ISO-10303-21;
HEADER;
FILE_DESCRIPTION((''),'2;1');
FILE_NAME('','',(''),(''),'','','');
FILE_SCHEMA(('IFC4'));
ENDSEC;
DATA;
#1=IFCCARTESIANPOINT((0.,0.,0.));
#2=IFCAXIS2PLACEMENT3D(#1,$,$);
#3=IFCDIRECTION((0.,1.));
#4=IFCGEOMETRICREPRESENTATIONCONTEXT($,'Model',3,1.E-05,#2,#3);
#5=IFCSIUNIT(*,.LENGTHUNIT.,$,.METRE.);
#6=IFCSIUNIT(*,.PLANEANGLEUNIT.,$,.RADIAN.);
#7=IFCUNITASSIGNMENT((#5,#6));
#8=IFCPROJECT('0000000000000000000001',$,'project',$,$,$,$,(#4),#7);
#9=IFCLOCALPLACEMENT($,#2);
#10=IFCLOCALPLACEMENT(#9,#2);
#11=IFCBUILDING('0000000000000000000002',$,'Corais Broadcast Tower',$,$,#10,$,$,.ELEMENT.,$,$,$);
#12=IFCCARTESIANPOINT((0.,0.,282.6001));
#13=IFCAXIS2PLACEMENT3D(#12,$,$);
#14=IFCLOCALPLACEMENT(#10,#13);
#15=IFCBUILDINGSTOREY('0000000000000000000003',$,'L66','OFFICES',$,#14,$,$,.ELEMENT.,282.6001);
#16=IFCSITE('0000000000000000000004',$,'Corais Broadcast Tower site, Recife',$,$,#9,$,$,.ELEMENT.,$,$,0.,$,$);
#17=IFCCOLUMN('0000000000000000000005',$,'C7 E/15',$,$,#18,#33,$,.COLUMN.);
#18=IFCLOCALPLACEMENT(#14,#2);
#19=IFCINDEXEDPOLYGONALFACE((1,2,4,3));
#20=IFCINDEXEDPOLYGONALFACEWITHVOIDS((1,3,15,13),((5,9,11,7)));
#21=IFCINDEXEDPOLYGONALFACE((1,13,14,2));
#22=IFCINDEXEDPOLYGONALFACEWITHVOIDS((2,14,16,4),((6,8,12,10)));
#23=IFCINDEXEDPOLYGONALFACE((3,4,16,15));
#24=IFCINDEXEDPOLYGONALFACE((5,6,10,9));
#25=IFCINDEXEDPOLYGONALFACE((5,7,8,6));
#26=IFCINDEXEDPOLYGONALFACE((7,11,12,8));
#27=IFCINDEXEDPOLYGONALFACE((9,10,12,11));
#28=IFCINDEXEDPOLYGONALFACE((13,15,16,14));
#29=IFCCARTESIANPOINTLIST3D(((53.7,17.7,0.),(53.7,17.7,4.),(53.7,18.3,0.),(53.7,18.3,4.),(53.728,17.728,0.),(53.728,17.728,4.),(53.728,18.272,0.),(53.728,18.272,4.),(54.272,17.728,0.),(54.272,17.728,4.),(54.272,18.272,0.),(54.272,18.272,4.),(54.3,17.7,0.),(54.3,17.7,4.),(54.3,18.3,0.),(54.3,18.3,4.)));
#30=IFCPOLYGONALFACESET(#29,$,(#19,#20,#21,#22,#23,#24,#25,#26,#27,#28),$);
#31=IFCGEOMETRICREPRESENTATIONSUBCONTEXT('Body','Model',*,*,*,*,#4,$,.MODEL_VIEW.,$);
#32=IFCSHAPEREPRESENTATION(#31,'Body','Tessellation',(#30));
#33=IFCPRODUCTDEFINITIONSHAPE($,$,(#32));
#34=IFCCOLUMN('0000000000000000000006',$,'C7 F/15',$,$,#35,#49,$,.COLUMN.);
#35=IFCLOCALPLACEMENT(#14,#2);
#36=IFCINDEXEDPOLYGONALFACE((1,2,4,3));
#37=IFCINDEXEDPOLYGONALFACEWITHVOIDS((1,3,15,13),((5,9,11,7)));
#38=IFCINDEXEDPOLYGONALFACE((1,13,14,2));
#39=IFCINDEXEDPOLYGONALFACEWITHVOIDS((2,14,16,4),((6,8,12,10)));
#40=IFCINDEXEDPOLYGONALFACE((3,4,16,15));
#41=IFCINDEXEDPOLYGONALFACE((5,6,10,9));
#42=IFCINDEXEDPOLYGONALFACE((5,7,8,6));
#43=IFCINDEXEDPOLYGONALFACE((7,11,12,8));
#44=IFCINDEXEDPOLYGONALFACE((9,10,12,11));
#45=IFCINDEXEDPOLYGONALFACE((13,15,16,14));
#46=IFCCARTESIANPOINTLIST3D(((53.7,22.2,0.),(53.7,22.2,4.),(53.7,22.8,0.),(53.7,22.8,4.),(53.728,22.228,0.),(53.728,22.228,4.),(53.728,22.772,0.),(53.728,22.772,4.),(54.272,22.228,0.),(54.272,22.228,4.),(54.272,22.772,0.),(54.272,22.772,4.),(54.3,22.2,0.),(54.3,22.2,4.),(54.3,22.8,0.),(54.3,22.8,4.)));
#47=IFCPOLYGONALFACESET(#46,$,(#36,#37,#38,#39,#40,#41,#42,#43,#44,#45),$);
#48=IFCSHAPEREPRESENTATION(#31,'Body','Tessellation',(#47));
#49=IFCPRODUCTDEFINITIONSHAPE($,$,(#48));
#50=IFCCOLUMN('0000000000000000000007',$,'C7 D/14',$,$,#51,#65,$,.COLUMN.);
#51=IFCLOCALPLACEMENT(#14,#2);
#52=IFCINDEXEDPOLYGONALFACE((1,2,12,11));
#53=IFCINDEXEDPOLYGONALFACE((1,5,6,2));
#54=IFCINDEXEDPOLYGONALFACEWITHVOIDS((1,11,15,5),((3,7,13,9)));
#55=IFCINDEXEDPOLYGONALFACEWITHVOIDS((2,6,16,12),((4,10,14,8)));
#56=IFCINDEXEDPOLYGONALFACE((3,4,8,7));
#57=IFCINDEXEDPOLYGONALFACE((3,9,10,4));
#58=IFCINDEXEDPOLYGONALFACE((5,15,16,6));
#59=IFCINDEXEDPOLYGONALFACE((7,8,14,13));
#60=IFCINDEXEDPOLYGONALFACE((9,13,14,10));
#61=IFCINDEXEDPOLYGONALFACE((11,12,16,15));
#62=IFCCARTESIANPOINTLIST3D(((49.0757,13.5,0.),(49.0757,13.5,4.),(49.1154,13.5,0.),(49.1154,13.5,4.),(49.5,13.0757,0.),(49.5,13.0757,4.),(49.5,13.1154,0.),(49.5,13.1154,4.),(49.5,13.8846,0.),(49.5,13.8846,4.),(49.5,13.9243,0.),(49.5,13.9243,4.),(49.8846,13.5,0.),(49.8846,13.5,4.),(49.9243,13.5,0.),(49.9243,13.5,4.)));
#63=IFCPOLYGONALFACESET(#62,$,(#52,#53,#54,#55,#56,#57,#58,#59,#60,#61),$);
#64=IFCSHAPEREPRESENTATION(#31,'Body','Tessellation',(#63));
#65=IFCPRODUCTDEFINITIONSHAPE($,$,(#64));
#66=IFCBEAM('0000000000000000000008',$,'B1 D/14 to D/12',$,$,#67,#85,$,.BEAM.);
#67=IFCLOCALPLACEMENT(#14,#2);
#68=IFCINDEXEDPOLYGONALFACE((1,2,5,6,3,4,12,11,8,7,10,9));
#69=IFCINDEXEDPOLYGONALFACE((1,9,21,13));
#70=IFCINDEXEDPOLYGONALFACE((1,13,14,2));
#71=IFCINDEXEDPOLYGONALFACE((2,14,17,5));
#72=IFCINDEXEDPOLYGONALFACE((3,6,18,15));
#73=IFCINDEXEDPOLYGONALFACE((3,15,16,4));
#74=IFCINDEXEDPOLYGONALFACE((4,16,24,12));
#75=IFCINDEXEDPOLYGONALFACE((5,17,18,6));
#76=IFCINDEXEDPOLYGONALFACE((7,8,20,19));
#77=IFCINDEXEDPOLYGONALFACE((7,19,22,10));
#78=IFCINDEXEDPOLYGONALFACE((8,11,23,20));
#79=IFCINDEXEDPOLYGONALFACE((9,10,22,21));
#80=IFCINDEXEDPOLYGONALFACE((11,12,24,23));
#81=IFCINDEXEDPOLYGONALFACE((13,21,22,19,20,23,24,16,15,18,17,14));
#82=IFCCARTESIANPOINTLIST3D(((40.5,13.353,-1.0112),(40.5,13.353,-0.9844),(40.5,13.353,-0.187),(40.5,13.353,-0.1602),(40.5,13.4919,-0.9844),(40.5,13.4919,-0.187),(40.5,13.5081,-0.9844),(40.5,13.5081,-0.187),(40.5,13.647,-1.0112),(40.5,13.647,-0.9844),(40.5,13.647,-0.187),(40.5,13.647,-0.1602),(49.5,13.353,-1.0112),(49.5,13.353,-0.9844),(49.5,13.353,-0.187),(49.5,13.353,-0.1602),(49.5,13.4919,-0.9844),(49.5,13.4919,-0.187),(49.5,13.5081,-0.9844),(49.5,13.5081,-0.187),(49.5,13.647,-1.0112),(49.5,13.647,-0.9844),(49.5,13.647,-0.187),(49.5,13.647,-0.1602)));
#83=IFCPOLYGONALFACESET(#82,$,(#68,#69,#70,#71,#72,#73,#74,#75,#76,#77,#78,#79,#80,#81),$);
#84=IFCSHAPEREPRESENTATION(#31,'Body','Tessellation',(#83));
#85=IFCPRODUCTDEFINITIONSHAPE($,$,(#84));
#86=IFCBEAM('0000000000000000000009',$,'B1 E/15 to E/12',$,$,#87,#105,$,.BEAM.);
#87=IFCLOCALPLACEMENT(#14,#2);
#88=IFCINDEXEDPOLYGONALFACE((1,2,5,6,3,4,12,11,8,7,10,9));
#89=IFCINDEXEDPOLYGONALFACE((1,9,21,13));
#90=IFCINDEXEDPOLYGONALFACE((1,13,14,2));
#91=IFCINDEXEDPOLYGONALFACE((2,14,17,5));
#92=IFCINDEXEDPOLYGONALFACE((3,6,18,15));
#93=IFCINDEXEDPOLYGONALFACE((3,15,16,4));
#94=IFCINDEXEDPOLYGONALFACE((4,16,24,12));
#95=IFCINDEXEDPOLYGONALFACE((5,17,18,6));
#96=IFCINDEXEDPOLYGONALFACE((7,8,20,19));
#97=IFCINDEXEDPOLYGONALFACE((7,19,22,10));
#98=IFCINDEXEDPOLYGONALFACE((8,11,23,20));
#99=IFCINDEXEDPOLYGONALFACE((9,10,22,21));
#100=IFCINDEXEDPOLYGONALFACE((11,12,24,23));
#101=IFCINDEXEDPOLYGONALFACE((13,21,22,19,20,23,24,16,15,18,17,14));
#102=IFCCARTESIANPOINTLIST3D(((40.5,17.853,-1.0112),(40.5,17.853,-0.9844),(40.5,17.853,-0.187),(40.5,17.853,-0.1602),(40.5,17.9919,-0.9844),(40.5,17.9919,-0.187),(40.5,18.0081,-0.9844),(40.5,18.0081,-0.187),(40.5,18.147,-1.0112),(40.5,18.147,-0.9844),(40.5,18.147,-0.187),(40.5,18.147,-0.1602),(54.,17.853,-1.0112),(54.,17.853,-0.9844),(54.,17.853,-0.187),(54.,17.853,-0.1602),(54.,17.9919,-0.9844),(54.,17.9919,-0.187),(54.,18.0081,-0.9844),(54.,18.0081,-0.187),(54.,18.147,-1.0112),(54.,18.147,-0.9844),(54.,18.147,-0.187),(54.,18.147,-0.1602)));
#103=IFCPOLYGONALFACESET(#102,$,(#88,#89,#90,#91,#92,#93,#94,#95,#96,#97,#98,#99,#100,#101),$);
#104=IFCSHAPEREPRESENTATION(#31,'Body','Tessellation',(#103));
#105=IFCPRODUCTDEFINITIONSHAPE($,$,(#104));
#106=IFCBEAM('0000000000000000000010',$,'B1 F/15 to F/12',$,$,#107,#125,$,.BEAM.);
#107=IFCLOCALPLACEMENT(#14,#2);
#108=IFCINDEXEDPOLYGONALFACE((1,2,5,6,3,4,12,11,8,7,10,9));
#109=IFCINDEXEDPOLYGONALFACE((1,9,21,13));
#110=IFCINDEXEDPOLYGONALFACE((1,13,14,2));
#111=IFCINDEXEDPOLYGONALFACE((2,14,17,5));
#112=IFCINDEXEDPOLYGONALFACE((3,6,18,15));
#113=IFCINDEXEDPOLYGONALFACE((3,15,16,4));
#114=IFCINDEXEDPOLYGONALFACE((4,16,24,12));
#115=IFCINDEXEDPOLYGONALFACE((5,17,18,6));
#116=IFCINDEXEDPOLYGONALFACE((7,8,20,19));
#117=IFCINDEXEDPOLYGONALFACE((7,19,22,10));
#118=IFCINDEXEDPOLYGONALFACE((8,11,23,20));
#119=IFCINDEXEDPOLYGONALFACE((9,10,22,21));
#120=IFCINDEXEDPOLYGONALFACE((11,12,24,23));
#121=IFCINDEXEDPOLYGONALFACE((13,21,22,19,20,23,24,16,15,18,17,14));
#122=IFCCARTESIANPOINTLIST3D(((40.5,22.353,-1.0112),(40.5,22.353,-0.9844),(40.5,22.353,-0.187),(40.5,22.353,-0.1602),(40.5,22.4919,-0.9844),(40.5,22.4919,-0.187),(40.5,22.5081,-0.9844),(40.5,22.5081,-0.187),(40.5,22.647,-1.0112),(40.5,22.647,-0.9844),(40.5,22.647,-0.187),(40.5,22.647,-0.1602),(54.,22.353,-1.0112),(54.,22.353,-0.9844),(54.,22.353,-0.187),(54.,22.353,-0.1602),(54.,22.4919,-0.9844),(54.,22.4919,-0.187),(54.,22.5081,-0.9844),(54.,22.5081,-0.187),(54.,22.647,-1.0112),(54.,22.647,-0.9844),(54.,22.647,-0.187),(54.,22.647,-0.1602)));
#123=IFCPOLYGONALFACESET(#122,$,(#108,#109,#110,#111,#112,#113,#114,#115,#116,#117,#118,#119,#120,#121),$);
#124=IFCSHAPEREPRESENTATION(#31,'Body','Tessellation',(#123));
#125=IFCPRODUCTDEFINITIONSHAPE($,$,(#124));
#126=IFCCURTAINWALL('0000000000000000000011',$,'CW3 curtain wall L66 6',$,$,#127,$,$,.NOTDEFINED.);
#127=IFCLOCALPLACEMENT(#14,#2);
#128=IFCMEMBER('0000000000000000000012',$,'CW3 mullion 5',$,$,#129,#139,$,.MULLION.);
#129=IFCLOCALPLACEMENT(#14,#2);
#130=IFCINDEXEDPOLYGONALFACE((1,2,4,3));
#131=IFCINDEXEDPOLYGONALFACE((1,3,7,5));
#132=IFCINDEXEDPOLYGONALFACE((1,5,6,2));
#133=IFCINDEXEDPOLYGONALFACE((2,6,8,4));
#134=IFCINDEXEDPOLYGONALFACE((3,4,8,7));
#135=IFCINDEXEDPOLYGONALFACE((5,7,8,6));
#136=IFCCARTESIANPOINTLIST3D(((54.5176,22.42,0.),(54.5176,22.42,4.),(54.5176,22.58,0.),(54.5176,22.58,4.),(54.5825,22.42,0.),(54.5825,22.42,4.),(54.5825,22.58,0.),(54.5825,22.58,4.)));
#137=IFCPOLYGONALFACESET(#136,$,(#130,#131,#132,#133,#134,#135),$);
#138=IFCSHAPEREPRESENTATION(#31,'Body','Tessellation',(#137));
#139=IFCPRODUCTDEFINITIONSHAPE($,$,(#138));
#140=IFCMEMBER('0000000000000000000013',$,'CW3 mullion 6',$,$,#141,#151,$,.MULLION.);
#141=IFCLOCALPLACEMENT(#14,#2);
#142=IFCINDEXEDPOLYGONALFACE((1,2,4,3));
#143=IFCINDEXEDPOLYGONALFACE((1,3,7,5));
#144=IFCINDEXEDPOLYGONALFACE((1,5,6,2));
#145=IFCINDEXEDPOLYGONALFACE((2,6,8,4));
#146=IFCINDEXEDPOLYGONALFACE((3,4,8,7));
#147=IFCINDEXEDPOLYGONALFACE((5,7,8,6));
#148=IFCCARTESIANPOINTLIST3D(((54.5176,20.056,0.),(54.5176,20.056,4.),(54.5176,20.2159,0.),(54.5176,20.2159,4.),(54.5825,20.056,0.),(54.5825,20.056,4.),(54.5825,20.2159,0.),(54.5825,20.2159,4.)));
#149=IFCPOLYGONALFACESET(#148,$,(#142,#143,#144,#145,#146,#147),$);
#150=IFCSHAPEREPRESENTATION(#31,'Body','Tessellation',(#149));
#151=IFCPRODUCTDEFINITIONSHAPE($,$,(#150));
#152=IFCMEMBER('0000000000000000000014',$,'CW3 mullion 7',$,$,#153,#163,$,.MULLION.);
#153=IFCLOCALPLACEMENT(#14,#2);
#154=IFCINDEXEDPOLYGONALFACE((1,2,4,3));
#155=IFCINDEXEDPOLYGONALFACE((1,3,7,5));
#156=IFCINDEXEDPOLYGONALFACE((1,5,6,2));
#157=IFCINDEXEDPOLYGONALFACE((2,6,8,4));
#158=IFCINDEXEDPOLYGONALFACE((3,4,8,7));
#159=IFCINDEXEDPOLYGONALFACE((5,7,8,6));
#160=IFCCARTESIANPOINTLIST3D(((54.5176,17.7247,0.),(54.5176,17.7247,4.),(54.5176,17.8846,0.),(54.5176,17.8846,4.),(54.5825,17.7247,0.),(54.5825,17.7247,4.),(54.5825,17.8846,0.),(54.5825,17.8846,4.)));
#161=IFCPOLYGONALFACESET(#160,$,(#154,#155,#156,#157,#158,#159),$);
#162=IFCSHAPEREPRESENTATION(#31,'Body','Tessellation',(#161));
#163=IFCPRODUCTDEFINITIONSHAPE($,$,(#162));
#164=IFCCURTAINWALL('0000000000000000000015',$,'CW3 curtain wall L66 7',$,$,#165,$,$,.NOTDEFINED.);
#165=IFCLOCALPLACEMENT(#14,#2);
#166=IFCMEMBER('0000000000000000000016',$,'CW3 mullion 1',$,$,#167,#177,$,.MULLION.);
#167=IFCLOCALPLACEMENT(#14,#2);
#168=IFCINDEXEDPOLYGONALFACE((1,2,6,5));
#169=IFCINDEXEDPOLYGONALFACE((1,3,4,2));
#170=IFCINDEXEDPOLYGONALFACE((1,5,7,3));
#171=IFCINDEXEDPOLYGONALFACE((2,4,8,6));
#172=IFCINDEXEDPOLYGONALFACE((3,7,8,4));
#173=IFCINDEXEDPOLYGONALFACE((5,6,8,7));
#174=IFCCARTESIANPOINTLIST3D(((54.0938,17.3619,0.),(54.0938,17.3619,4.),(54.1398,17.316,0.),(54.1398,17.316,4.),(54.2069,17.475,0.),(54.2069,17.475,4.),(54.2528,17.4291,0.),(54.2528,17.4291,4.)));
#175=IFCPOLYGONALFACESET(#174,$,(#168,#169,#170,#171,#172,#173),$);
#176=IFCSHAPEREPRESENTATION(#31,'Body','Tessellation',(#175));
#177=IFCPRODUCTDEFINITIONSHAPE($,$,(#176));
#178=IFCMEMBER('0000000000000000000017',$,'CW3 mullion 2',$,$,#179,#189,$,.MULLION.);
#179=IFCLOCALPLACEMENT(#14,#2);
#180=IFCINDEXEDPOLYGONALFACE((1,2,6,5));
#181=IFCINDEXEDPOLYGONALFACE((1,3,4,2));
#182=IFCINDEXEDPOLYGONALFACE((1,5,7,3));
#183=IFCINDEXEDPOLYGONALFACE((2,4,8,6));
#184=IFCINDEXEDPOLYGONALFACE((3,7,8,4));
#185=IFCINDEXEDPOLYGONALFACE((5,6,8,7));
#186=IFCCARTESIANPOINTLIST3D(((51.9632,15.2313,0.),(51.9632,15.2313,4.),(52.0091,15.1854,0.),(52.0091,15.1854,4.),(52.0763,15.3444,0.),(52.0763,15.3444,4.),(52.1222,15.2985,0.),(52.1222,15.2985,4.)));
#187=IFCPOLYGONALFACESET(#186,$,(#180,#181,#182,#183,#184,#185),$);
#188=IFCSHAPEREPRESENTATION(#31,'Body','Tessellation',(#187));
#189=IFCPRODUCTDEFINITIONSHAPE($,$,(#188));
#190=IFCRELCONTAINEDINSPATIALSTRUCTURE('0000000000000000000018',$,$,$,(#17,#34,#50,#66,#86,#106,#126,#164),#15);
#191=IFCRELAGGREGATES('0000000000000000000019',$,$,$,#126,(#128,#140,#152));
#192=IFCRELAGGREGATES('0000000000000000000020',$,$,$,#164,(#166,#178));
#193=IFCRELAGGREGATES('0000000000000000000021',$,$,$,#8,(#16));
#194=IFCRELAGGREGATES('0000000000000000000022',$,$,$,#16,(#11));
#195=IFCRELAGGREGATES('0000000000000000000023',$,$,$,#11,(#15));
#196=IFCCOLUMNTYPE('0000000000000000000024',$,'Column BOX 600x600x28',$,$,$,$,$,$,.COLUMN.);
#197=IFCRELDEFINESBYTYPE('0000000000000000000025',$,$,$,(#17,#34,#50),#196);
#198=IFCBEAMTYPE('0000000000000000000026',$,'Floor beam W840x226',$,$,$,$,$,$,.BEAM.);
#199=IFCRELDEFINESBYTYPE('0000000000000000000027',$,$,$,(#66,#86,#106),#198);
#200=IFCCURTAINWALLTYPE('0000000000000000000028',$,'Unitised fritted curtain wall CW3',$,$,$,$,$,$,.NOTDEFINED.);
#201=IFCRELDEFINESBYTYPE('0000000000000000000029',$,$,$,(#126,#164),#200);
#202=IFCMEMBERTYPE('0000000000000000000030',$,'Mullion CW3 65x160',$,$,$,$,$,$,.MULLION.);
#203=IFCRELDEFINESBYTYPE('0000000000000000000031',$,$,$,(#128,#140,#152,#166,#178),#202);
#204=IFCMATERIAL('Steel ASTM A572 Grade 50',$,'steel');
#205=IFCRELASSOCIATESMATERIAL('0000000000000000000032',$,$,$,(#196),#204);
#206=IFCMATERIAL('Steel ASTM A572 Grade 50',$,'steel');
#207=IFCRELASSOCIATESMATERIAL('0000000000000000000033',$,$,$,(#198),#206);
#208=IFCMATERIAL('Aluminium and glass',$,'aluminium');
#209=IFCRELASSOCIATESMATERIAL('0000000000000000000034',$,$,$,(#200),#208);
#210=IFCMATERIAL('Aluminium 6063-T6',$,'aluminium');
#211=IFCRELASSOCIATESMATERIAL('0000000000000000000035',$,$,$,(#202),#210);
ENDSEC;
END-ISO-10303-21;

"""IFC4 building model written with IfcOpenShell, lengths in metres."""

from ifc_helpers import new_model, si_unit, direction, frame, origin, origin_2d, place, context, subcontext, project, spatial, rectangle, hollow_rectangle, i_section, extrude, material, material_profile, profile_set, type_object, element, aggregate, save


model = new_model("IFC4")

# Units and contexts
model_context = context("Model", 3, precision=1e-05, world=origin(), true_north=direction((0.0, 1.0)))
body_context = subcontext(model_context, "Body", "Model", "MODEL_VIEW")
ifc_project = project(units=[si_unit("LENGTHUNIT", "METRE"), si_unit("PLANEANGLEUNIT", "RADIAN")], contexts=[model_context])

# Site, building, storey
site_placement = place(None, origin())
site = spatial("IfcSite", under=ifc_project, at=site_placement, Name="Corais Broadcast Tower site, Recife", CompositionType="ELEMENT", RefElevation=0.0)
building_placement = place(site_placement, origin())
building = spatial("IfcBuilding", under=site, at=building_placement, Name="Corais Broadcast Tower", CompositionType="ELEMENT")
storey_placement = place(building_placement, frame((0.0, 0.0, 282.6001)))
storey = spatial("IfcBuildingStorey", under=building, at=storey_placement, Name="L66", Description="OFFICES", CompositionType="ELEMENT", Elevation=282.6001)

# Columns
ifc_material_1 = material(Name="Steel ASTM A572 Grade 50", Category="steel")
ifc_material_profile_1 = material_profile(ifc_material_1, hollow_rectangle(XDim=0.6001, YDim=0.6001, WallThickness=0.0281, at=origin_2d()), Name="BOX 600x600x28")
ifc_profile_set_1 = profile_set([ifc_material_profile_1], Name="Steel ASTM A572 Grade 50")
column_type = type_object("IfcColumnType", Name="Column BOX 600x600x28", PredefinedType="COLUMN", material=ifc_profile_set_1)
for number, where, z_axis, x_axis, name in (
    (1, (54.0, 18.0, 0.0), (0.0, 0.0, 1.0), (1.0, 0.0, 0.0), "C7 E/15"),
    (2, (54.0, 22.5, 0.0), (0.0, 0.0, 1.0), (1.0, 0.0, 0.0), "C7 F/15"),
    (3, (49.5, 13.5, 0.0), (0.0, 0.0, 1.0), (0.707107, 0.707107, 0.0), "C7 D/14"),
):
    element("IfcColumn", number, at=place(storey_placement, frame(where, z_axis=z_axis, x_axis=x_axis)), inside=storey, type_object=column_type, Name=name, PredefinedType="COLUMN", context=body_context, shape_type="SweptSolid", body=[
        extrude(hollow_rectangle(XDim=0.6001, YDim=0.6001, WallThickness=0.0281, at=origin_2d()), origin(), (0.0, 0.0, 1.0), 4.0),
    ])

# Beams
ifc_material_2 = material(Name="Steel ASTM A572 Grade 50", Category="steel")
ifc_material_profile_2 = material_profile(ifc_material_2, i_section(OverallWidth=0.2939, OverallDepth=0.8511, WebThickness=0.0161, FlangeThickness=0.0269, at=origin_2d()), Name="W840x226")
ifc_profile_set_2 = profile_set([ifc_material_profile_2], Name="Steel ASTM A572 Grade 50")
beam_type_1 = type_object("IfcBeamType", Name="Floor beam W840x226", PredefinedType="BEAM", material=ifc_profile_set_2)
beam_1_placement = place(storey_placement, frame((49.5, 13.5, -0.5857), z_axis=(-1.0, 0.0, 0.0), x_axis=(0.0, -1.0, 0.0)))
element("IfcBeam", 4, at=beam_1_placement, inside=storey, type_object=beam_type_1, Name="B1 D/14 to D/12", PredefinedType="BEAM", context=body_context, shape_type="SweptSolid", body=[
    extrude(i_section(OverallWidth=0.2939, OverallDepth=0.8511, WebThickness=0.0161, FlangeThickness=0.0269, at=origin_2d()), origin(), (0.0, 0.0, 1.0), 9.0),
])
for number, where, z_axis, x_axis, name in (
    (5, (54.0, 18.0, -0.5857), (-1.0, 0.0, 0.0), (0.0, -1.0, 0.0), "B1 E/15 to E/12"),
    (6, (54.0, 22.5, -0.5857), (-1.0, 0.0, 0.0), (0.0, -1.0, 0.0), "B1 F/15 to F/12"),
):
    element("IfcBeam", number, at=place(storey_placement, frame(where, z_axis=z_axis, x_axis=x_axis)), inside=storey, type_object=beam_type_1, Name=name, PredefinedType="BEAM", context=body_context, shape_type="SweptSolid", body=[
        extrude(i_section(OverallWidth=0.2939, OverallDepth=0.8511, WebThickness=0.0161, FlangeThickness=0.0269, at=origin_2d()), origin(), (0.0, 0.0, 1.0), 13.5),
    ])

# Curtain walls, members
ifc_material_3 = material(Name="Aluminium and glass", Category="aluminium")
curtain_wall_type = type_object("IfcCurtainWallType", Name="Unitised fritted curtain wall CW3", PredefinedType="NOTDEFINED", material=ifc_material_3)
curtain_wall_1_placement = place(storey_placement, origin())
curtain_wall_1 = element("IfcCurtainWall", 7, at=curtain_wall_1_placement, inside=storey, type_object=curtain_wall_type, Name="CW3 curtain wall L66 6", PredefinedType="NOTDEFINED")
ifc_material_4 = material(Name="Aluminium 6063-T6", Category="aluminium")
ifc_material_profile_3 = material_profile(ifc_material_4, rectangle(XDim=0.0649, YDim=0.1599, at=origin_2d()), Name="Mullion CW3 65x160")
ifc_profile_set_3 = profile_set([ifc_material_profile_3], Name="Aluminium 6063-T6")
member_type_1 = type_object("IfcMemberType", Name="Mullion CW3 65x160", PredefinedType="MULLION", material=ifc_profile_set_3)
member_1_placement = place(storey_placement, frame((54.55, 22.5, 0.0), z_axis=(0.0, 0.0, 1.0), x_axis=(1.0, 0.0, 0.0)))
member_1 = element("IfcMember", 8, at=member_1_placement, type_object=member_type_1, Name="CW3 mullion 5", PredefinedType="MULLION", context=body_context, shape_type="SweptSolid", body=[
    extrude(rectangle(XDim=0.0649, YDim=0.1599, at=origin_2d()), origin(), (0.0, 0.0, 1.0), 4.0),
])
member_2_placement = place(storey_placement, frame((54.55, 20.136, 0.0), z_axis=(0.0, 0.0, 1.0), x_axis=(1.0, 0.0, 0.0)))
member_2 = element("IfcMember", 9, at=member_2_placement, type_object=member_type_1, Name="CW3 mullion 6", PredefinedType="MULLION", context=body_context, shape_type="SweptSolid", body=[
    extrude(rectangle(XDim=0.0649, YDim=0.1599, at=origin_2d()), origin(), (0.0, 0.0, 1.0), 4.0),
])
member_3_placement = place(storey_placement, frame((54.55, 17.8047, 0.0), z_axis=(0.0, 0.0, 1.0), x_axis=(1.0, 0.0, 0.0)))
member_3 = element("IfcMember", 10, at=member_3_placement, type_object=member_type_1, Name="CW3 mullion 7", PredefinedType="MULLION", context=body_context, shape_type="SweptSolid", body=[
    extrude(rectangle(XDim=0.0649, YDim=0.1599, at=origin_2d()), origin(), (0.0, 0.0, 1.0), 4.0),
])
curtain_wall_2_placement = place(storey_placement, origin())
curtain_wall_2 = element("IfcCurtainWall", 11, at=curtain_wall_2_placement, inside=storey, type_object=curtain_wall_type, Name="CW3 curtain wall L66 7", PredefinedType="NOTDEFINED")
member_4_placement = place(storey_placement, frame((54.1733, 17.3955, 0.0), z_axis=(0.0, 0.0, 1.0), x_axis=(0.707107, -0.707107, 0.0)))
member_4 = element("IfcMember", 12, at=member_4_placement, type_object=member_type_1, Name="CW3 mullion 1", PredefinedType="MULLION", context=body_context, shape_type="SweptSolid", body=[
    extrude(rectangle(XDim=0.0649, YDim=0.1599, at=origin_2d()), origin(), (0.0, 0.0, 1.0), 4.0),
])
member_5_placement = place(storey_placement, frame((52.0427, 15.2649, 0.0), z_axis=(0.0, 0.0, 1.0), x_axis=(0.707107, -0.707107, 0.0)))
member_5 = element("IfcMember", 13, at=member_5_placement, type_object=member_type_1, Name="CW3 mullion 2", PredefinedType="MULLION", context=body_context, shape_type="SweptSolid", body=[
    extrude(rectangle(XDim=0.0649, YDim=0.1599, at=origin_2d()), origin(), (0.0, 0.0, 1.0), 4.0),
])

aggregate(curtain_wall_1, [member_1, member_2, member_3])
aggregate(curtain_wall_2, [member_4, member_5])

save(model, "model.ifc")
